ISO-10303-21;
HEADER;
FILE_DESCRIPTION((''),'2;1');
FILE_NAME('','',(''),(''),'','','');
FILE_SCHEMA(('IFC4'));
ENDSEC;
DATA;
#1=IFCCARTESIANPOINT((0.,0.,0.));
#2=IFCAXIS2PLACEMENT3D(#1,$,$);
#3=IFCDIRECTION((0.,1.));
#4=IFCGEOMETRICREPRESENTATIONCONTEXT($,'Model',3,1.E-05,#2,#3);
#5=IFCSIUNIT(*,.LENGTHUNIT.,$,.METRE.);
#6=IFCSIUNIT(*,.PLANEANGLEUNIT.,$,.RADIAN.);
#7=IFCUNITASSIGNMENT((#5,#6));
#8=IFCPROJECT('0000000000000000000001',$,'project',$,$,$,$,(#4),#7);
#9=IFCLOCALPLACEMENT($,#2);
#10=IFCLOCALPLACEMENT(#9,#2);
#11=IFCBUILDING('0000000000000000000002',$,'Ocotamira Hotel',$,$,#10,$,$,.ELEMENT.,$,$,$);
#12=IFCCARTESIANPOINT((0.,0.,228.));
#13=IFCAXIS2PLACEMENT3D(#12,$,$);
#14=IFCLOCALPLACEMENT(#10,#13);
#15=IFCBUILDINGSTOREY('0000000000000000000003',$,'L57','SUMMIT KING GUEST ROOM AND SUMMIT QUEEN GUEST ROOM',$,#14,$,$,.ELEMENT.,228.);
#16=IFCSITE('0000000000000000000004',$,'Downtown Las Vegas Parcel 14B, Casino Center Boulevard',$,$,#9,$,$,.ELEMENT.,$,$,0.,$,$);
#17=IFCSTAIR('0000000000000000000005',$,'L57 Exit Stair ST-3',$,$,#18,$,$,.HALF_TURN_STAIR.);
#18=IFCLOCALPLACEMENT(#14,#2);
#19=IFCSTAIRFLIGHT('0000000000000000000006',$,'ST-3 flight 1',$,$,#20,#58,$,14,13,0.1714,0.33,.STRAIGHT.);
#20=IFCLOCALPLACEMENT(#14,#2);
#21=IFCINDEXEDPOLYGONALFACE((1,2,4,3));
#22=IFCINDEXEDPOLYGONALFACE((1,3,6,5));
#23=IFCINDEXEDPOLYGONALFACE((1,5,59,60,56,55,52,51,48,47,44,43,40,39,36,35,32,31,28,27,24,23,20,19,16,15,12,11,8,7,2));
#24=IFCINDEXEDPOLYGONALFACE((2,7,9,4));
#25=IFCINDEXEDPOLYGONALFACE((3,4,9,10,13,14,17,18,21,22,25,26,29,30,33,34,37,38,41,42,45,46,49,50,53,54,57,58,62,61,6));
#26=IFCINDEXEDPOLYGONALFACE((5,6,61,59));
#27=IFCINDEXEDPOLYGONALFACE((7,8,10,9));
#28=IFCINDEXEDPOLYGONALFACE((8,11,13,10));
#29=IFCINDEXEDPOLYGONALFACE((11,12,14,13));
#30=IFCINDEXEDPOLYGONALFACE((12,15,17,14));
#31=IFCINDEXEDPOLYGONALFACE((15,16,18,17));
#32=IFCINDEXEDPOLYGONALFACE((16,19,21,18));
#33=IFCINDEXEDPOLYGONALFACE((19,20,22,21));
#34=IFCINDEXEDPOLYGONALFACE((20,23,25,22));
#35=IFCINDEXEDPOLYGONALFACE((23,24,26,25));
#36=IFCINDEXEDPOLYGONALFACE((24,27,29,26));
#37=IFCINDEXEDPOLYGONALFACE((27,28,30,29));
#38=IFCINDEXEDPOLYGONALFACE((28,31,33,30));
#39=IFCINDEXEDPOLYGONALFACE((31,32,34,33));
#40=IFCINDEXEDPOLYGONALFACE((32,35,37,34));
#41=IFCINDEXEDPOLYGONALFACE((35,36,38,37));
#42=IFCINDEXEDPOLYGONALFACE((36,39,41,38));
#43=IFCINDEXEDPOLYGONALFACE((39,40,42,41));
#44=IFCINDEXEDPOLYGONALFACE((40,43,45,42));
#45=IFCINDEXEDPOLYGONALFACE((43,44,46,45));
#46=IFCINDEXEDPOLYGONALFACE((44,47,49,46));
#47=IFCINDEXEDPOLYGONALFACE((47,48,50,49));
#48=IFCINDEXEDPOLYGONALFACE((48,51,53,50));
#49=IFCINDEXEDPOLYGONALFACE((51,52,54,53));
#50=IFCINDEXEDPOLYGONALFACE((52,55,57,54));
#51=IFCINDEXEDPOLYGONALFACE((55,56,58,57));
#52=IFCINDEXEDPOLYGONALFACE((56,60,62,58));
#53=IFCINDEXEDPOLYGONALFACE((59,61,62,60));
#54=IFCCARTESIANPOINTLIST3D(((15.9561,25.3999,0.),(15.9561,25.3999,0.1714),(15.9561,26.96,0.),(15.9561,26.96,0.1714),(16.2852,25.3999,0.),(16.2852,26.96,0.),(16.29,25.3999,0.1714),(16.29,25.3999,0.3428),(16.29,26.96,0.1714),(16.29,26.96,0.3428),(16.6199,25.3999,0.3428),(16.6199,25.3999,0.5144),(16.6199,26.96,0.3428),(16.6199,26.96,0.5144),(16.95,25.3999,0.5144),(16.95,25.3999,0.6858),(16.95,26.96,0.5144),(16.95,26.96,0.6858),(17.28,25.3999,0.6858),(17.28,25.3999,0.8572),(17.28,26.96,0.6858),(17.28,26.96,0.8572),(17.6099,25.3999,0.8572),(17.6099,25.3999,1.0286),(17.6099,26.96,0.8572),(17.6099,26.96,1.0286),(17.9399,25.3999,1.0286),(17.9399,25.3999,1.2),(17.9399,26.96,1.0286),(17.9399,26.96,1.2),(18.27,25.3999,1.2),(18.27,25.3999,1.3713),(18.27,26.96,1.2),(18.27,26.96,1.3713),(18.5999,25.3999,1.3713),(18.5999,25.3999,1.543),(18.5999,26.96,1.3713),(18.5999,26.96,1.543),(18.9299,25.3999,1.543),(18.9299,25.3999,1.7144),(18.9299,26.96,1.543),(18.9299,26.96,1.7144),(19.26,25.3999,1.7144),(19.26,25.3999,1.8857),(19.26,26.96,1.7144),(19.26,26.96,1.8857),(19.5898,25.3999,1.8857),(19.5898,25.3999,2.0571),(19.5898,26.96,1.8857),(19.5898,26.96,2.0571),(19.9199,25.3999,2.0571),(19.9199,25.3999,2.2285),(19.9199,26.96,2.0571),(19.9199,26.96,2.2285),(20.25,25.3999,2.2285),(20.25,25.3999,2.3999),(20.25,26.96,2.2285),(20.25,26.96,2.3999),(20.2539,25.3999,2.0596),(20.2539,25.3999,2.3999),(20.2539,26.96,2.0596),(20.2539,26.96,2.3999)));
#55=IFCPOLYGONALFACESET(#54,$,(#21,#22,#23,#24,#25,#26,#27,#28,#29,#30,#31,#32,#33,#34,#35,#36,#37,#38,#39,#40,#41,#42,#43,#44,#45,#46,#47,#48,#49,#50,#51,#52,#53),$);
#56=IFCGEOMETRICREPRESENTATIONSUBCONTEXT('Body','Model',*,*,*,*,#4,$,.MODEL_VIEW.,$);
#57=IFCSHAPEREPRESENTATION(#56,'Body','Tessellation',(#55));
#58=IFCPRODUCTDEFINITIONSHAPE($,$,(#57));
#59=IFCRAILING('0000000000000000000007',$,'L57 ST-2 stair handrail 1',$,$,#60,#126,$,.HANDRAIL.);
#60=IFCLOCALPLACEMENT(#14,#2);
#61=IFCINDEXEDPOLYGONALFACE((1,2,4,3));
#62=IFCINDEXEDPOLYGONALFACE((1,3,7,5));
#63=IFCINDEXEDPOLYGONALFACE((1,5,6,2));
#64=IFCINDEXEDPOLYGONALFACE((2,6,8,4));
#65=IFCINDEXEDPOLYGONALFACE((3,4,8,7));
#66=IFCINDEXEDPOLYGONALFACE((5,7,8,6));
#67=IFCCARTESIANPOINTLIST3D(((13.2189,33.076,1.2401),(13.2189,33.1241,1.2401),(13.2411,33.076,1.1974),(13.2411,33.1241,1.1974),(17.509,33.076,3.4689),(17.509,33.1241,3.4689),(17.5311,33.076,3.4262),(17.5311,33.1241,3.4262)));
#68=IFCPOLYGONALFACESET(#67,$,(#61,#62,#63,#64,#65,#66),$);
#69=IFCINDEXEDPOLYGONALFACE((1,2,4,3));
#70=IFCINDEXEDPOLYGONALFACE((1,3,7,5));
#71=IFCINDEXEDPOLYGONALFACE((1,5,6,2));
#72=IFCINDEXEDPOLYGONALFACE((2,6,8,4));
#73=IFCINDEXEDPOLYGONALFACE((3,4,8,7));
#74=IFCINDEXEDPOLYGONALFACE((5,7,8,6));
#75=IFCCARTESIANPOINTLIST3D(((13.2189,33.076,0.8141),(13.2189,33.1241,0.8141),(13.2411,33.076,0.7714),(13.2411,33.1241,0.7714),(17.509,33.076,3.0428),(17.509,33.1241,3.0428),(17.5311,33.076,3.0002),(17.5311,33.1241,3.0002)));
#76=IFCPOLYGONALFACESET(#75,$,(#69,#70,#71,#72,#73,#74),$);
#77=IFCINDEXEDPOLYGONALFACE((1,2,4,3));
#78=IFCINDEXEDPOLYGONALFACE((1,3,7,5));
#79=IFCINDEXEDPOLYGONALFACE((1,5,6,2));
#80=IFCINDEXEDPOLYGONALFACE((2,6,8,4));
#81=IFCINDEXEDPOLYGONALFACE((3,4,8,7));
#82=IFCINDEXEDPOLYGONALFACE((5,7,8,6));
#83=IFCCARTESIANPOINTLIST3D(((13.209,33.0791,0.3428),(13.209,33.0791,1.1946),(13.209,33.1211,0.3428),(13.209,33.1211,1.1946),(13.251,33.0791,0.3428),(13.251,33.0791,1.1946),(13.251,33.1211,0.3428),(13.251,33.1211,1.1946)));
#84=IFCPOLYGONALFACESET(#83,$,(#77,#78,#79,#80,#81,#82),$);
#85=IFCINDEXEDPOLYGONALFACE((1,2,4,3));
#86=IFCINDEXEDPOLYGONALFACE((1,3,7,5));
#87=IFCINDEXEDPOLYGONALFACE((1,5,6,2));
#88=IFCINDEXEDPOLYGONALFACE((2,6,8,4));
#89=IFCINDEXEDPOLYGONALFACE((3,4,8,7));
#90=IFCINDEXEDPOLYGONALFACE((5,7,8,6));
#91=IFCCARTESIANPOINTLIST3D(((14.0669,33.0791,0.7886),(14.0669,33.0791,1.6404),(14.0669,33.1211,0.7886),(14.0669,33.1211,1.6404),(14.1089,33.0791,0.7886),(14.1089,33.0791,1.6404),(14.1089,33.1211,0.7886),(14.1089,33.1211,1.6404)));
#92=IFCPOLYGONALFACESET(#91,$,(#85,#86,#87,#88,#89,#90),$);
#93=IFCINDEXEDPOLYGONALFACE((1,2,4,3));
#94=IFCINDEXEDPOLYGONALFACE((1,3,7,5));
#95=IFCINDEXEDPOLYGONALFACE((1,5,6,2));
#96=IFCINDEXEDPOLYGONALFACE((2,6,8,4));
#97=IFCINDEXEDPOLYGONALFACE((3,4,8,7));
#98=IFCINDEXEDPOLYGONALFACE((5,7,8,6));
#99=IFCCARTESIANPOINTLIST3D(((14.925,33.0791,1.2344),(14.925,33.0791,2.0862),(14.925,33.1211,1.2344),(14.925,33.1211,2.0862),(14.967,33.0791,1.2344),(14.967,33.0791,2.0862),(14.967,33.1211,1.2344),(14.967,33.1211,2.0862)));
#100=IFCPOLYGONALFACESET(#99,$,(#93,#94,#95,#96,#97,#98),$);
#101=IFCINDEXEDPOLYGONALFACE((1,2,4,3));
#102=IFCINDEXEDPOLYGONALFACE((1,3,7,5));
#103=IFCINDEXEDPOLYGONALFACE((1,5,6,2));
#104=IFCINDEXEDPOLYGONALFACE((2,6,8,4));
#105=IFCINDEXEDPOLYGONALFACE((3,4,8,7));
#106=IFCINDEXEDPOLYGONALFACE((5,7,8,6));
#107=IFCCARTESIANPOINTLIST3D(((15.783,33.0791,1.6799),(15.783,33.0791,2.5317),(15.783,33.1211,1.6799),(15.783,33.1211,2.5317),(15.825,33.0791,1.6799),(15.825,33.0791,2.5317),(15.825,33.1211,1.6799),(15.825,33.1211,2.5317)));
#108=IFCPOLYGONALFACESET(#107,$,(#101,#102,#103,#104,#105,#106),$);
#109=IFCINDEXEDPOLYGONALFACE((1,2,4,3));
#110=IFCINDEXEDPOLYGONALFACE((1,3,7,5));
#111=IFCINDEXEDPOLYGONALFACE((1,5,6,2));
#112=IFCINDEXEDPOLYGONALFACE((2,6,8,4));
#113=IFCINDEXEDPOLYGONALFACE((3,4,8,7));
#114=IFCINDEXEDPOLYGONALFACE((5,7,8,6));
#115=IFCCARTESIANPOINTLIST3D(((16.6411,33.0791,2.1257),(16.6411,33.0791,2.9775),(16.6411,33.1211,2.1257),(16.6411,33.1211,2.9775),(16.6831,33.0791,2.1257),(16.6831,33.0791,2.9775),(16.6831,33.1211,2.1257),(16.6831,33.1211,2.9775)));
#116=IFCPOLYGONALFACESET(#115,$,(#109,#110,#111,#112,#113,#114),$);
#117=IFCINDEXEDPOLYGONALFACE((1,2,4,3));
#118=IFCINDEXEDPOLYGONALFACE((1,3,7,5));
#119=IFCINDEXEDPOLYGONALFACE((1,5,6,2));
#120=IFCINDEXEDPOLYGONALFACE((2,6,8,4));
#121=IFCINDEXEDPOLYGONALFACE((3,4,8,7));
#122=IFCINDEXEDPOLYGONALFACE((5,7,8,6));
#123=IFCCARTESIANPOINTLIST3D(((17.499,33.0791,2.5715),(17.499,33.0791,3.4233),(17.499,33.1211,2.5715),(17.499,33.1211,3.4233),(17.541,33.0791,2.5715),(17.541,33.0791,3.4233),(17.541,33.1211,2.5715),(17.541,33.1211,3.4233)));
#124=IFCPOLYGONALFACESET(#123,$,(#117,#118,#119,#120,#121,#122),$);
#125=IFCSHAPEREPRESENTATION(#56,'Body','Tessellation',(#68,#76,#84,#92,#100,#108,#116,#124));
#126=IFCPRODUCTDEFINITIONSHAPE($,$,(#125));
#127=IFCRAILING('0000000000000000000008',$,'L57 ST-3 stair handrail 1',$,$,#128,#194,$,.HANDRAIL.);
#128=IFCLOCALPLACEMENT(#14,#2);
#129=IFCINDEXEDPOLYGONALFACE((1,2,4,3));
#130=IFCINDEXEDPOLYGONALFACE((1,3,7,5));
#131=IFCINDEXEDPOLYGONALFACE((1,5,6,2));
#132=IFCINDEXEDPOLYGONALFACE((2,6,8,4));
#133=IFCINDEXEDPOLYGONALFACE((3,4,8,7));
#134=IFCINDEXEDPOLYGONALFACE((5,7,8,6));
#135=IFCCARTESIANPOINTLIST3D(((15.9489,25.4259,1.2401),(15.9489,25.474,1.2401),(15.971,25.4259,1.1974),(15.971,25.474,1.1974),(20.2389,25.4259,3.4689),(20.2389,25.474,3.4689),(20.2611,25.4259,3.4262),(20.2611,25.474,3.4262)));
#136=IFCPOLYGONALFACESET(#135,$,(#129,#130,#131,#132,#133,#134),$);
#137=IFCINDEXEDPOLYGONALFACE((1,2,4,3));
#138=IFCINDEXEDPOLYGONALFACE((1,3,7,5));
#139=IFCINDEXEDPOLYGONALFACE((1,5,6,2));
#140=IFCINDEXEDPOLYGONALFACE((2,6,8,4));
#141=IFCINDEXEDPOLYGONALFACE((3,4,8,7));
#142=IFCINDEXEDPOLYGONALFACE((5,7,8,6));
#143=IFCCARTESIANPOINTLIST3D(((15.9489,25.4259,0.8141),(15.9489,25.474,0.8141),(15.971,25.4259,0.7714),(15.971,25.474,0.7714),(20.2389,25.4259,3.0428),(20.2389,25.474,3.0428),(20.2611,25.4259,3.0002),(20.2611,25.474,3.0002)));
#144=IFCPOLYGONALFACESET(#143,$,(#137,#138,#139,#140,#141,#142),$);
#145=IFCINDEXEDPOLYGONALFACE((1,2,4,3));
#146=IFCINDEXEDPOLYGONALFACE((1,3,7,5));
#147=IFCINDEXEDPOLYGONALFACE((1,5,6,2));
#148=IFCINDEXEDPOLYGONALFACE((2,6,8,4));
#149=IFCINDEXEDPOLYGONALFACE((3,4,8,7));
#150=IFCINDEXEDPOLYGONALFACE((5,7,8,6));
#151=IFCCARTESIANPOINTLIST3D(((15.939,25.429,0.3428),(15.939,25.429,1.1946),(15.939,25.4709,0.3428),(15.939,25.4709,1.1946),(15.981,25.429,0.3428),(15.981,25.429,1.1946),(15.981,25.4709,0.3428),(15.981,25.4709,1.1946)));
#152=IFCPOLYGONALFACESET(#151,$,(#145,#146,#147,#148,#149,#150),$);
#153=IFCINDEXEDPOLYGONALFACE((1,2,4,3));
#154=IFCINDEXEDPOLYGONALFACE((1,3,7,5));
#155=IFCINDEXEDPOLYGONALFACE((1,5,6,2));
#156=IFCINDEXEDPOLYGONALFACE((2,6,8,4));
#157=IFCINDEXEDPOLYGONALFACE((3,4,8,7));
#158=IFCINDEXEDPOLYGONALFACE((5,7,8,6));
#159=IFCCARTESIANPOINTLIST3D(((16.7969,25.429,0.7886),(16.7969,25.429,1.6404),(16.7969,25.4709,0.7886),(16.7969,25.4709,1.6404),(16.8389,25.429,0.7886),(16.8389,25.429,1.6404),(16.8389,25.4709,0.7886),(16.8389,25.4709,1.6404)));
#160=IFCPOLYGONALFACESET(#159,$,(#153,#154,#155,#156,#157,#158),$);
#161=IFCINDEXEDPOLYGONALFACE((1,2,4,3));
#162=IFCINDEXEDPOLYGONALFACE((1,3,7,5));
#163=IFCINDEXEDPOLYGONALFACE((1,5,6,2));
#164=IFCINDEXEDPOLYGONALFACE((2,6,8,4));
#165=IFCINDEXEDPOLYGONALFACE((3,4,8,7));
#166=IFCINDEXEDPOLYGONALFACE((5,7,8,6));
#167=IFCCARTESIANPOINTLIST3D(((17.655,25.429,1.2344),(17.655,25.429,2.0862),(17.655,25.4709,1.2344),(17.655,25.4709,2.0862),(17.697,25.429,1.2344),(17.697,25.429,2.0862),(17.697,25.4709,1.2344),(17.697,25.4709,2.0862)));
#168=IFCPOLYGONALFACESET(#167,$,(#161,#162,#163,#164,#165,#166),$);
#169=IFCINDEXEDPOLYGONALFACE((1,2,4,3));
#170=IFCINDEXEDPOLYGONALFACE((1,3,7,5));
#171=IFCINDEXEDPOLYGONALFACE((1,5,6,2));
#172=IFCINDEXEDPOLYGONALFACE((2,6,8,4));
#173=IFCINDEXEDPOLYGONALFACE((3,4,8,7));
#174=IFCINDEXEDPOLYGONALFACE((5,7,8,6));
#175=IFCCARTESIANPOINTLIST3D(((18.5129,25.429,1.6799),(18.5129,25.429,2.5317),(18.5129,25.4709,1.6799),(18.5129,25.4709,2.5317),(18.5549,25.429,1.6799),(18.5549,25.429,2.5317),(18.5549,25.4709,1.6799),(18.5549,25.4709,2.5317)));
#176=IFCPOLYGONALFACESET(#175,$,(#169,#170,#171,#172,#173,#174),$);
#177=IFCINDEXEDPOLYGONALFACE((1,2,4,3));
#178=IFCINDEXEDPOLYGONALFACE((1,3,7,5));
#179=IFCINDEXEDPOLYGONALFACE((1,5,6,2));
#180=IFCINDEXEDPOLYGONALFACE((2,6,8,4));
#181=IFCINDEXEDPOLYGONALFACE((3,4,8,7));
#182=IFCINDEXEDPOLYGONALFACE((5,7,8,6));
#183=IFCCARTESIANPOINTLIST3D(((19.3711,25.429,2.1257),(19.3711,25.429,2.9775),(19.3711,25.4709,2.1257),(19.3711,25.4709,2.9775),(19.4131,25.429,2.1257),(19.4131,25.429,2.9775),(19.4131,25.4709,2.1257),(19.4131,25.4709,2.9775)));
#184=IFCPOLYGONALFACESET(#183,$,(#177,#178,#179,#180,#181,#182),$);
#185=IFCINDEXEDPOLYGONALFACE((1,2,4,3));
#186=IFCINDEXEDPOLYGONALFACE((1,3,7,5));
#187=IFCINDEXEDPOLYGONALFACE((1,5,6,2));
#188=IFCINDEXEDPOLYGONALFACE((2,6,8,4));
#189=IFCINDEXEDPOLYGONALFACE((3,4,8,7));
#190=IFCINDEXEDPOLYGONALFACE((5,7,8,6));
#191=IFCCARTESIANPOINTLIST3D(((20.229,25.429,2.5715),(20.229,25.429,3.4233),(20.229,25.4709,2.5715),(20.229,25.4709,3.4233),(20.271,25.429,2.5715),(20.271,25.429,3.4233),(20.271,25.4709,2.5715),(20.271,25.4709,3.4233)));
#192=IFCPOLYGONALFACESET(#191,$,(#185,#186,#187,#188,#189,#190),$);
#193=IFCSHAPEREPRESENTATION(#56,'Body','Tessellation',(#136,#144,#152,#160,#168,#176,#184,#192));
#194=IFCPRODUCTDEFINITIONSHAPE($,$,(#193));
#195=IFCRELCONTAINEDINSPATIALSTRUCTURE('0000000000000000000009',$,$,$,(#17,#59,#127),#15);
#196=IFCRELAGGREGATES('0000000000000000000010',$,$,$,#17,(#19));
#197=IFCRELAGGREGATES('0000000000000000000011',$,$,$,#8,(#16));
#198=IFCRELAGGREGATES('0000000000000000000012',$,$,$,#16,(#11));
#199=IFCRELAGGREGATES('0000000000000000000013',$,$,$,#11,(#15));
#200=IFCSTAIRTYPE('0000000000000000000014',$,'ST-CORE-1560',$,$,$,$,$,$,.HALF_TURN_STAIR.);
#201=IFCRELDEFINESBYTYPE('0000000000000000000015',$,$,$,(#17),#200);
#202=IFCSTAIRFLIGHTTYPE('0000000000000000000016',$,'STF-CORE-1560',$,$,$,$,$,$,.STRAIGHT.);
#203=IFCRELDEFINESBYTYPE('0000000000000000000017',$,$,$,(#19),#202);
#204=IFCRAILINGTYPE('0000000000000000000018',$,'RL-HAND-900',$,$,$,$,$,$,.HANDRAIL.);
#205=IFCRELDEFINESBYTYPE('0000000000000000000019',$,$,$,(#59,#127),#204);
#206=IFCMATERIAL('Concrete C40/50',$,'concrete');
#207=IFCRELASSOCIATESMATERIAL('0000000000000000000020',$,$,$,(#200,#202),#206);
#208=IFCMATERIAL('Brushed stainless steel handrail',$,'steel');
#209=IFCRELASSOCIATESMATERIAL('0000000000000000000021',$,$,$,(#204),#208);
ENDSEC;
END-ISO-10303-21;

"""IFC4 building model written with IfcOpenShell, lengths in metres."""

from ifc_helpers import new_model, si_unit, direction, frame, origin, origin_2d, place, context, subcontext, project, spatial, polyline, rectangle, outline, extrude, source, transform, mapped, material, type_object, element, aggregate, save


model = new_model("IFC4")

# Units and contexts
model_context = context("Model", 3, precision=1e-05, world=origin(), true_north=direction((0.0, 1.0)))
body_context = subcontext(model_context, "Body", "Model", "MODEL_VIEW")
ifc_project = project(units=[si_unit("LENGTHUNIT", "METRE"), si_unit("PLANEANGLEUNIT", "RADIAN")], contexts=[model_context])

# Site, building, storey
site_placement = place(None, origin())
site = spatial("IfcSite", under=ifc_project, at=site_placement, Name="Downtown Las Vegas Parcel 14B, Casino Center Boulevard", CompositionType="ELEMENT", RefElevation=0.0)
building_placement = place(site_placement, origin())
building = spatial("IfcBuilding", under=site, at=building_placement, Name="Ocotamira Hotel", CompositionType="ELEMENT")
storey_placement = place(building_placement, frame((0.0, 0.0, 228.0)))
storey = spatial("IfcBuildingStorey", under=building, at=storey_placement, Name="L57", Description="SUMMIT KING GUEST ROOM AND SUMMIT QUEEN GUEST ROOM", CompositionType="ELEMENT", Elevation=228.0)

# Stair, stair flight
ifc_material_1 = material(Name="Concrete C40/50", Category="concrete")
stair_type = type_object("IfcStairType", Name="ST-CORE-1560", PredefinedType="HALF_TURN_STAIR", material=ifc_material_1)
stair_flight_type = type_object("IfcStairFlightType", Name="STF-CORE-1560", PredefinedType="STRAIGHT", material=ifc_material_1)
shared_shape_1 = source(origin(), body_context, "Body", "SweptSolid", [
    extrude(outline(polyline([(-0.0039, 0.0), (-0.0039, 0.1714), (0.3301, 0.1714), (0.3301, 0.3428), (0.6599, 0.3428), (0.6599, 0.5144), (0.99, 0.5144), (0.99, 0.6858), (1.3201, 0.6858), (1.3201, 0.8572), (1.6499, 0.8572), (1.6499, 1.0286), (1.98, 1.0286), (1.98, 1.2), (2.3101, 1.2), (2.3101, 1.3713), (2.6399, 1.3713), (2.6399, 1.543), (2.97, 1.543), (2.97, 1.7144), (3.3, 1.7144), (3.3, 1.8857), (3.6299, 1.8857), (3.6299, 2.0571), (3.96, 2.0571), (3.96, 2.2285), (4.29, 2.2285), (4.29, 2.3999), (4.2939, 2.3999), (4.2939, 2.0596), (0.3252, 0.0), (-0.0039, 0.0)])), frame((0.0, 0.78, 0.0), z_axis=(0.0, -1.0, 0.0), x_axis=(1.0, 0.0, 0.0)), (0.0, 0.0, 1.0), 1.5601),
])
stair_1_placement = place(storey_placement, origin())
stair_1 = element("IfcStair", 1, at=stair_1_placement, inside=storey, type_object=stair_type, Name="L57 Exit Stair ST-3", PredefinedType="HALF_TURN_STAIR")
stair_flight_1_placement = place(storey_placement, frame((15.96, 26.1799, 0.0), z_axis=(0.0, 0.0, 1.0), x_axis=(1.0, 0.0, 0.0)))
stair_flight_1 = element("IfcStairFlight", 2, at=stair_flight_1_placement, type_object=stair_flight_type, Name="ST-3 flight 1", NumberOfRisers=14, NumberOfTreads=13, PredefinedType="STRAIGHT", RiserHeight=0.1714, TreadLength=0.33, context=body_context, shape_type="MappedRepresentation", body=[
    mapped(shared_shape_1, transform((0.0, 0.0, 0.0), scale=1.0)),
])
aggregate(stair_1, [stair_flight_1])

# Railings
ifc_material_2 = material(Name="Brushed stainless steel handrail", Category="steel")
railing_type_1 = type_object("IfcRailingType", Name="RL-HAND-900", PredefinedType="HANDRAIL", material=ifc_material_2)
for number, where, name in (
    (3, (13.23, 33.1001, 0.3428), "L57 ST-2 stair handrail 1"),
    (4, (15.96, 25.45, 0.3428), "L57 ST-3 stair handrail 1"),
):
    element("IfcRailing", number, at=place(storey_placement, frame(where)), inside=storey, type_object=railing_type_1, Name=name, PredefinedType="HANDRAIL", context=body_context, shape_type="SweptSolid", body=[
        extrude(rectangle(XDim=0.0481, YDim=0.0481, at=origin_2d()), frame((0.0, 0.0, 0.876), z_axis=(0.887391, 0.0, 0.461017), x_axis=(0.0, 1.0, 0.0)), (0.0, 0.0, 1.0), 4.8345),
        extrude(rectangle(XDim=0.0481, YDim=0.0481, at=origin_2d()), frame((0.0, 0.0, 0.45), z_axis=(0.887391, 0.0, 0.461017), x_axis=(0.0, 1.0, 0.0)), (0.0, 0.0, 1.0), 4.8345),
        extrude(rectangle(XDim=0.042, YDim=0.042, at=origin_2d()), origin(), (0.0, 0.0, 1.0), 0.8518),
        extrude(rectangle(XDim=0.042, YDim=0.042, at=origin_2d()), frame((0.8579, 0.0, 0.4458)), (0.0, 0.0, 1.0), 0.8518),
        extrude(rectangle(XDim=0.042, YDim=0.042, at=origin_2d()), frame((1.7161, 0.0, 0.8916)), (0.0, 0.0, 1.0), 0.8518),
        extrude(rectangle(XDim=0.042, YDim=0.042, at=origin_2d()), frame((2.574, 0.0, 1.3372)), (0.0, 0.0, 1.0), 0.8518),
        extrude(rectangle(XDim=0.042, YDim=0.042, at=origin_2d()), frame((3.4321, 0.0, 1.783)), (0.0, 0.0, 1.0), 0.8518),
        extrude(rectangle(XDim=0.042, YDim=0.042, at=origin_2d()), frame((4.29, 0.0, 2.2288)), (0.0, 0.0, 1.0), 0.8518),
    ])

save(model, "model.ifc")
